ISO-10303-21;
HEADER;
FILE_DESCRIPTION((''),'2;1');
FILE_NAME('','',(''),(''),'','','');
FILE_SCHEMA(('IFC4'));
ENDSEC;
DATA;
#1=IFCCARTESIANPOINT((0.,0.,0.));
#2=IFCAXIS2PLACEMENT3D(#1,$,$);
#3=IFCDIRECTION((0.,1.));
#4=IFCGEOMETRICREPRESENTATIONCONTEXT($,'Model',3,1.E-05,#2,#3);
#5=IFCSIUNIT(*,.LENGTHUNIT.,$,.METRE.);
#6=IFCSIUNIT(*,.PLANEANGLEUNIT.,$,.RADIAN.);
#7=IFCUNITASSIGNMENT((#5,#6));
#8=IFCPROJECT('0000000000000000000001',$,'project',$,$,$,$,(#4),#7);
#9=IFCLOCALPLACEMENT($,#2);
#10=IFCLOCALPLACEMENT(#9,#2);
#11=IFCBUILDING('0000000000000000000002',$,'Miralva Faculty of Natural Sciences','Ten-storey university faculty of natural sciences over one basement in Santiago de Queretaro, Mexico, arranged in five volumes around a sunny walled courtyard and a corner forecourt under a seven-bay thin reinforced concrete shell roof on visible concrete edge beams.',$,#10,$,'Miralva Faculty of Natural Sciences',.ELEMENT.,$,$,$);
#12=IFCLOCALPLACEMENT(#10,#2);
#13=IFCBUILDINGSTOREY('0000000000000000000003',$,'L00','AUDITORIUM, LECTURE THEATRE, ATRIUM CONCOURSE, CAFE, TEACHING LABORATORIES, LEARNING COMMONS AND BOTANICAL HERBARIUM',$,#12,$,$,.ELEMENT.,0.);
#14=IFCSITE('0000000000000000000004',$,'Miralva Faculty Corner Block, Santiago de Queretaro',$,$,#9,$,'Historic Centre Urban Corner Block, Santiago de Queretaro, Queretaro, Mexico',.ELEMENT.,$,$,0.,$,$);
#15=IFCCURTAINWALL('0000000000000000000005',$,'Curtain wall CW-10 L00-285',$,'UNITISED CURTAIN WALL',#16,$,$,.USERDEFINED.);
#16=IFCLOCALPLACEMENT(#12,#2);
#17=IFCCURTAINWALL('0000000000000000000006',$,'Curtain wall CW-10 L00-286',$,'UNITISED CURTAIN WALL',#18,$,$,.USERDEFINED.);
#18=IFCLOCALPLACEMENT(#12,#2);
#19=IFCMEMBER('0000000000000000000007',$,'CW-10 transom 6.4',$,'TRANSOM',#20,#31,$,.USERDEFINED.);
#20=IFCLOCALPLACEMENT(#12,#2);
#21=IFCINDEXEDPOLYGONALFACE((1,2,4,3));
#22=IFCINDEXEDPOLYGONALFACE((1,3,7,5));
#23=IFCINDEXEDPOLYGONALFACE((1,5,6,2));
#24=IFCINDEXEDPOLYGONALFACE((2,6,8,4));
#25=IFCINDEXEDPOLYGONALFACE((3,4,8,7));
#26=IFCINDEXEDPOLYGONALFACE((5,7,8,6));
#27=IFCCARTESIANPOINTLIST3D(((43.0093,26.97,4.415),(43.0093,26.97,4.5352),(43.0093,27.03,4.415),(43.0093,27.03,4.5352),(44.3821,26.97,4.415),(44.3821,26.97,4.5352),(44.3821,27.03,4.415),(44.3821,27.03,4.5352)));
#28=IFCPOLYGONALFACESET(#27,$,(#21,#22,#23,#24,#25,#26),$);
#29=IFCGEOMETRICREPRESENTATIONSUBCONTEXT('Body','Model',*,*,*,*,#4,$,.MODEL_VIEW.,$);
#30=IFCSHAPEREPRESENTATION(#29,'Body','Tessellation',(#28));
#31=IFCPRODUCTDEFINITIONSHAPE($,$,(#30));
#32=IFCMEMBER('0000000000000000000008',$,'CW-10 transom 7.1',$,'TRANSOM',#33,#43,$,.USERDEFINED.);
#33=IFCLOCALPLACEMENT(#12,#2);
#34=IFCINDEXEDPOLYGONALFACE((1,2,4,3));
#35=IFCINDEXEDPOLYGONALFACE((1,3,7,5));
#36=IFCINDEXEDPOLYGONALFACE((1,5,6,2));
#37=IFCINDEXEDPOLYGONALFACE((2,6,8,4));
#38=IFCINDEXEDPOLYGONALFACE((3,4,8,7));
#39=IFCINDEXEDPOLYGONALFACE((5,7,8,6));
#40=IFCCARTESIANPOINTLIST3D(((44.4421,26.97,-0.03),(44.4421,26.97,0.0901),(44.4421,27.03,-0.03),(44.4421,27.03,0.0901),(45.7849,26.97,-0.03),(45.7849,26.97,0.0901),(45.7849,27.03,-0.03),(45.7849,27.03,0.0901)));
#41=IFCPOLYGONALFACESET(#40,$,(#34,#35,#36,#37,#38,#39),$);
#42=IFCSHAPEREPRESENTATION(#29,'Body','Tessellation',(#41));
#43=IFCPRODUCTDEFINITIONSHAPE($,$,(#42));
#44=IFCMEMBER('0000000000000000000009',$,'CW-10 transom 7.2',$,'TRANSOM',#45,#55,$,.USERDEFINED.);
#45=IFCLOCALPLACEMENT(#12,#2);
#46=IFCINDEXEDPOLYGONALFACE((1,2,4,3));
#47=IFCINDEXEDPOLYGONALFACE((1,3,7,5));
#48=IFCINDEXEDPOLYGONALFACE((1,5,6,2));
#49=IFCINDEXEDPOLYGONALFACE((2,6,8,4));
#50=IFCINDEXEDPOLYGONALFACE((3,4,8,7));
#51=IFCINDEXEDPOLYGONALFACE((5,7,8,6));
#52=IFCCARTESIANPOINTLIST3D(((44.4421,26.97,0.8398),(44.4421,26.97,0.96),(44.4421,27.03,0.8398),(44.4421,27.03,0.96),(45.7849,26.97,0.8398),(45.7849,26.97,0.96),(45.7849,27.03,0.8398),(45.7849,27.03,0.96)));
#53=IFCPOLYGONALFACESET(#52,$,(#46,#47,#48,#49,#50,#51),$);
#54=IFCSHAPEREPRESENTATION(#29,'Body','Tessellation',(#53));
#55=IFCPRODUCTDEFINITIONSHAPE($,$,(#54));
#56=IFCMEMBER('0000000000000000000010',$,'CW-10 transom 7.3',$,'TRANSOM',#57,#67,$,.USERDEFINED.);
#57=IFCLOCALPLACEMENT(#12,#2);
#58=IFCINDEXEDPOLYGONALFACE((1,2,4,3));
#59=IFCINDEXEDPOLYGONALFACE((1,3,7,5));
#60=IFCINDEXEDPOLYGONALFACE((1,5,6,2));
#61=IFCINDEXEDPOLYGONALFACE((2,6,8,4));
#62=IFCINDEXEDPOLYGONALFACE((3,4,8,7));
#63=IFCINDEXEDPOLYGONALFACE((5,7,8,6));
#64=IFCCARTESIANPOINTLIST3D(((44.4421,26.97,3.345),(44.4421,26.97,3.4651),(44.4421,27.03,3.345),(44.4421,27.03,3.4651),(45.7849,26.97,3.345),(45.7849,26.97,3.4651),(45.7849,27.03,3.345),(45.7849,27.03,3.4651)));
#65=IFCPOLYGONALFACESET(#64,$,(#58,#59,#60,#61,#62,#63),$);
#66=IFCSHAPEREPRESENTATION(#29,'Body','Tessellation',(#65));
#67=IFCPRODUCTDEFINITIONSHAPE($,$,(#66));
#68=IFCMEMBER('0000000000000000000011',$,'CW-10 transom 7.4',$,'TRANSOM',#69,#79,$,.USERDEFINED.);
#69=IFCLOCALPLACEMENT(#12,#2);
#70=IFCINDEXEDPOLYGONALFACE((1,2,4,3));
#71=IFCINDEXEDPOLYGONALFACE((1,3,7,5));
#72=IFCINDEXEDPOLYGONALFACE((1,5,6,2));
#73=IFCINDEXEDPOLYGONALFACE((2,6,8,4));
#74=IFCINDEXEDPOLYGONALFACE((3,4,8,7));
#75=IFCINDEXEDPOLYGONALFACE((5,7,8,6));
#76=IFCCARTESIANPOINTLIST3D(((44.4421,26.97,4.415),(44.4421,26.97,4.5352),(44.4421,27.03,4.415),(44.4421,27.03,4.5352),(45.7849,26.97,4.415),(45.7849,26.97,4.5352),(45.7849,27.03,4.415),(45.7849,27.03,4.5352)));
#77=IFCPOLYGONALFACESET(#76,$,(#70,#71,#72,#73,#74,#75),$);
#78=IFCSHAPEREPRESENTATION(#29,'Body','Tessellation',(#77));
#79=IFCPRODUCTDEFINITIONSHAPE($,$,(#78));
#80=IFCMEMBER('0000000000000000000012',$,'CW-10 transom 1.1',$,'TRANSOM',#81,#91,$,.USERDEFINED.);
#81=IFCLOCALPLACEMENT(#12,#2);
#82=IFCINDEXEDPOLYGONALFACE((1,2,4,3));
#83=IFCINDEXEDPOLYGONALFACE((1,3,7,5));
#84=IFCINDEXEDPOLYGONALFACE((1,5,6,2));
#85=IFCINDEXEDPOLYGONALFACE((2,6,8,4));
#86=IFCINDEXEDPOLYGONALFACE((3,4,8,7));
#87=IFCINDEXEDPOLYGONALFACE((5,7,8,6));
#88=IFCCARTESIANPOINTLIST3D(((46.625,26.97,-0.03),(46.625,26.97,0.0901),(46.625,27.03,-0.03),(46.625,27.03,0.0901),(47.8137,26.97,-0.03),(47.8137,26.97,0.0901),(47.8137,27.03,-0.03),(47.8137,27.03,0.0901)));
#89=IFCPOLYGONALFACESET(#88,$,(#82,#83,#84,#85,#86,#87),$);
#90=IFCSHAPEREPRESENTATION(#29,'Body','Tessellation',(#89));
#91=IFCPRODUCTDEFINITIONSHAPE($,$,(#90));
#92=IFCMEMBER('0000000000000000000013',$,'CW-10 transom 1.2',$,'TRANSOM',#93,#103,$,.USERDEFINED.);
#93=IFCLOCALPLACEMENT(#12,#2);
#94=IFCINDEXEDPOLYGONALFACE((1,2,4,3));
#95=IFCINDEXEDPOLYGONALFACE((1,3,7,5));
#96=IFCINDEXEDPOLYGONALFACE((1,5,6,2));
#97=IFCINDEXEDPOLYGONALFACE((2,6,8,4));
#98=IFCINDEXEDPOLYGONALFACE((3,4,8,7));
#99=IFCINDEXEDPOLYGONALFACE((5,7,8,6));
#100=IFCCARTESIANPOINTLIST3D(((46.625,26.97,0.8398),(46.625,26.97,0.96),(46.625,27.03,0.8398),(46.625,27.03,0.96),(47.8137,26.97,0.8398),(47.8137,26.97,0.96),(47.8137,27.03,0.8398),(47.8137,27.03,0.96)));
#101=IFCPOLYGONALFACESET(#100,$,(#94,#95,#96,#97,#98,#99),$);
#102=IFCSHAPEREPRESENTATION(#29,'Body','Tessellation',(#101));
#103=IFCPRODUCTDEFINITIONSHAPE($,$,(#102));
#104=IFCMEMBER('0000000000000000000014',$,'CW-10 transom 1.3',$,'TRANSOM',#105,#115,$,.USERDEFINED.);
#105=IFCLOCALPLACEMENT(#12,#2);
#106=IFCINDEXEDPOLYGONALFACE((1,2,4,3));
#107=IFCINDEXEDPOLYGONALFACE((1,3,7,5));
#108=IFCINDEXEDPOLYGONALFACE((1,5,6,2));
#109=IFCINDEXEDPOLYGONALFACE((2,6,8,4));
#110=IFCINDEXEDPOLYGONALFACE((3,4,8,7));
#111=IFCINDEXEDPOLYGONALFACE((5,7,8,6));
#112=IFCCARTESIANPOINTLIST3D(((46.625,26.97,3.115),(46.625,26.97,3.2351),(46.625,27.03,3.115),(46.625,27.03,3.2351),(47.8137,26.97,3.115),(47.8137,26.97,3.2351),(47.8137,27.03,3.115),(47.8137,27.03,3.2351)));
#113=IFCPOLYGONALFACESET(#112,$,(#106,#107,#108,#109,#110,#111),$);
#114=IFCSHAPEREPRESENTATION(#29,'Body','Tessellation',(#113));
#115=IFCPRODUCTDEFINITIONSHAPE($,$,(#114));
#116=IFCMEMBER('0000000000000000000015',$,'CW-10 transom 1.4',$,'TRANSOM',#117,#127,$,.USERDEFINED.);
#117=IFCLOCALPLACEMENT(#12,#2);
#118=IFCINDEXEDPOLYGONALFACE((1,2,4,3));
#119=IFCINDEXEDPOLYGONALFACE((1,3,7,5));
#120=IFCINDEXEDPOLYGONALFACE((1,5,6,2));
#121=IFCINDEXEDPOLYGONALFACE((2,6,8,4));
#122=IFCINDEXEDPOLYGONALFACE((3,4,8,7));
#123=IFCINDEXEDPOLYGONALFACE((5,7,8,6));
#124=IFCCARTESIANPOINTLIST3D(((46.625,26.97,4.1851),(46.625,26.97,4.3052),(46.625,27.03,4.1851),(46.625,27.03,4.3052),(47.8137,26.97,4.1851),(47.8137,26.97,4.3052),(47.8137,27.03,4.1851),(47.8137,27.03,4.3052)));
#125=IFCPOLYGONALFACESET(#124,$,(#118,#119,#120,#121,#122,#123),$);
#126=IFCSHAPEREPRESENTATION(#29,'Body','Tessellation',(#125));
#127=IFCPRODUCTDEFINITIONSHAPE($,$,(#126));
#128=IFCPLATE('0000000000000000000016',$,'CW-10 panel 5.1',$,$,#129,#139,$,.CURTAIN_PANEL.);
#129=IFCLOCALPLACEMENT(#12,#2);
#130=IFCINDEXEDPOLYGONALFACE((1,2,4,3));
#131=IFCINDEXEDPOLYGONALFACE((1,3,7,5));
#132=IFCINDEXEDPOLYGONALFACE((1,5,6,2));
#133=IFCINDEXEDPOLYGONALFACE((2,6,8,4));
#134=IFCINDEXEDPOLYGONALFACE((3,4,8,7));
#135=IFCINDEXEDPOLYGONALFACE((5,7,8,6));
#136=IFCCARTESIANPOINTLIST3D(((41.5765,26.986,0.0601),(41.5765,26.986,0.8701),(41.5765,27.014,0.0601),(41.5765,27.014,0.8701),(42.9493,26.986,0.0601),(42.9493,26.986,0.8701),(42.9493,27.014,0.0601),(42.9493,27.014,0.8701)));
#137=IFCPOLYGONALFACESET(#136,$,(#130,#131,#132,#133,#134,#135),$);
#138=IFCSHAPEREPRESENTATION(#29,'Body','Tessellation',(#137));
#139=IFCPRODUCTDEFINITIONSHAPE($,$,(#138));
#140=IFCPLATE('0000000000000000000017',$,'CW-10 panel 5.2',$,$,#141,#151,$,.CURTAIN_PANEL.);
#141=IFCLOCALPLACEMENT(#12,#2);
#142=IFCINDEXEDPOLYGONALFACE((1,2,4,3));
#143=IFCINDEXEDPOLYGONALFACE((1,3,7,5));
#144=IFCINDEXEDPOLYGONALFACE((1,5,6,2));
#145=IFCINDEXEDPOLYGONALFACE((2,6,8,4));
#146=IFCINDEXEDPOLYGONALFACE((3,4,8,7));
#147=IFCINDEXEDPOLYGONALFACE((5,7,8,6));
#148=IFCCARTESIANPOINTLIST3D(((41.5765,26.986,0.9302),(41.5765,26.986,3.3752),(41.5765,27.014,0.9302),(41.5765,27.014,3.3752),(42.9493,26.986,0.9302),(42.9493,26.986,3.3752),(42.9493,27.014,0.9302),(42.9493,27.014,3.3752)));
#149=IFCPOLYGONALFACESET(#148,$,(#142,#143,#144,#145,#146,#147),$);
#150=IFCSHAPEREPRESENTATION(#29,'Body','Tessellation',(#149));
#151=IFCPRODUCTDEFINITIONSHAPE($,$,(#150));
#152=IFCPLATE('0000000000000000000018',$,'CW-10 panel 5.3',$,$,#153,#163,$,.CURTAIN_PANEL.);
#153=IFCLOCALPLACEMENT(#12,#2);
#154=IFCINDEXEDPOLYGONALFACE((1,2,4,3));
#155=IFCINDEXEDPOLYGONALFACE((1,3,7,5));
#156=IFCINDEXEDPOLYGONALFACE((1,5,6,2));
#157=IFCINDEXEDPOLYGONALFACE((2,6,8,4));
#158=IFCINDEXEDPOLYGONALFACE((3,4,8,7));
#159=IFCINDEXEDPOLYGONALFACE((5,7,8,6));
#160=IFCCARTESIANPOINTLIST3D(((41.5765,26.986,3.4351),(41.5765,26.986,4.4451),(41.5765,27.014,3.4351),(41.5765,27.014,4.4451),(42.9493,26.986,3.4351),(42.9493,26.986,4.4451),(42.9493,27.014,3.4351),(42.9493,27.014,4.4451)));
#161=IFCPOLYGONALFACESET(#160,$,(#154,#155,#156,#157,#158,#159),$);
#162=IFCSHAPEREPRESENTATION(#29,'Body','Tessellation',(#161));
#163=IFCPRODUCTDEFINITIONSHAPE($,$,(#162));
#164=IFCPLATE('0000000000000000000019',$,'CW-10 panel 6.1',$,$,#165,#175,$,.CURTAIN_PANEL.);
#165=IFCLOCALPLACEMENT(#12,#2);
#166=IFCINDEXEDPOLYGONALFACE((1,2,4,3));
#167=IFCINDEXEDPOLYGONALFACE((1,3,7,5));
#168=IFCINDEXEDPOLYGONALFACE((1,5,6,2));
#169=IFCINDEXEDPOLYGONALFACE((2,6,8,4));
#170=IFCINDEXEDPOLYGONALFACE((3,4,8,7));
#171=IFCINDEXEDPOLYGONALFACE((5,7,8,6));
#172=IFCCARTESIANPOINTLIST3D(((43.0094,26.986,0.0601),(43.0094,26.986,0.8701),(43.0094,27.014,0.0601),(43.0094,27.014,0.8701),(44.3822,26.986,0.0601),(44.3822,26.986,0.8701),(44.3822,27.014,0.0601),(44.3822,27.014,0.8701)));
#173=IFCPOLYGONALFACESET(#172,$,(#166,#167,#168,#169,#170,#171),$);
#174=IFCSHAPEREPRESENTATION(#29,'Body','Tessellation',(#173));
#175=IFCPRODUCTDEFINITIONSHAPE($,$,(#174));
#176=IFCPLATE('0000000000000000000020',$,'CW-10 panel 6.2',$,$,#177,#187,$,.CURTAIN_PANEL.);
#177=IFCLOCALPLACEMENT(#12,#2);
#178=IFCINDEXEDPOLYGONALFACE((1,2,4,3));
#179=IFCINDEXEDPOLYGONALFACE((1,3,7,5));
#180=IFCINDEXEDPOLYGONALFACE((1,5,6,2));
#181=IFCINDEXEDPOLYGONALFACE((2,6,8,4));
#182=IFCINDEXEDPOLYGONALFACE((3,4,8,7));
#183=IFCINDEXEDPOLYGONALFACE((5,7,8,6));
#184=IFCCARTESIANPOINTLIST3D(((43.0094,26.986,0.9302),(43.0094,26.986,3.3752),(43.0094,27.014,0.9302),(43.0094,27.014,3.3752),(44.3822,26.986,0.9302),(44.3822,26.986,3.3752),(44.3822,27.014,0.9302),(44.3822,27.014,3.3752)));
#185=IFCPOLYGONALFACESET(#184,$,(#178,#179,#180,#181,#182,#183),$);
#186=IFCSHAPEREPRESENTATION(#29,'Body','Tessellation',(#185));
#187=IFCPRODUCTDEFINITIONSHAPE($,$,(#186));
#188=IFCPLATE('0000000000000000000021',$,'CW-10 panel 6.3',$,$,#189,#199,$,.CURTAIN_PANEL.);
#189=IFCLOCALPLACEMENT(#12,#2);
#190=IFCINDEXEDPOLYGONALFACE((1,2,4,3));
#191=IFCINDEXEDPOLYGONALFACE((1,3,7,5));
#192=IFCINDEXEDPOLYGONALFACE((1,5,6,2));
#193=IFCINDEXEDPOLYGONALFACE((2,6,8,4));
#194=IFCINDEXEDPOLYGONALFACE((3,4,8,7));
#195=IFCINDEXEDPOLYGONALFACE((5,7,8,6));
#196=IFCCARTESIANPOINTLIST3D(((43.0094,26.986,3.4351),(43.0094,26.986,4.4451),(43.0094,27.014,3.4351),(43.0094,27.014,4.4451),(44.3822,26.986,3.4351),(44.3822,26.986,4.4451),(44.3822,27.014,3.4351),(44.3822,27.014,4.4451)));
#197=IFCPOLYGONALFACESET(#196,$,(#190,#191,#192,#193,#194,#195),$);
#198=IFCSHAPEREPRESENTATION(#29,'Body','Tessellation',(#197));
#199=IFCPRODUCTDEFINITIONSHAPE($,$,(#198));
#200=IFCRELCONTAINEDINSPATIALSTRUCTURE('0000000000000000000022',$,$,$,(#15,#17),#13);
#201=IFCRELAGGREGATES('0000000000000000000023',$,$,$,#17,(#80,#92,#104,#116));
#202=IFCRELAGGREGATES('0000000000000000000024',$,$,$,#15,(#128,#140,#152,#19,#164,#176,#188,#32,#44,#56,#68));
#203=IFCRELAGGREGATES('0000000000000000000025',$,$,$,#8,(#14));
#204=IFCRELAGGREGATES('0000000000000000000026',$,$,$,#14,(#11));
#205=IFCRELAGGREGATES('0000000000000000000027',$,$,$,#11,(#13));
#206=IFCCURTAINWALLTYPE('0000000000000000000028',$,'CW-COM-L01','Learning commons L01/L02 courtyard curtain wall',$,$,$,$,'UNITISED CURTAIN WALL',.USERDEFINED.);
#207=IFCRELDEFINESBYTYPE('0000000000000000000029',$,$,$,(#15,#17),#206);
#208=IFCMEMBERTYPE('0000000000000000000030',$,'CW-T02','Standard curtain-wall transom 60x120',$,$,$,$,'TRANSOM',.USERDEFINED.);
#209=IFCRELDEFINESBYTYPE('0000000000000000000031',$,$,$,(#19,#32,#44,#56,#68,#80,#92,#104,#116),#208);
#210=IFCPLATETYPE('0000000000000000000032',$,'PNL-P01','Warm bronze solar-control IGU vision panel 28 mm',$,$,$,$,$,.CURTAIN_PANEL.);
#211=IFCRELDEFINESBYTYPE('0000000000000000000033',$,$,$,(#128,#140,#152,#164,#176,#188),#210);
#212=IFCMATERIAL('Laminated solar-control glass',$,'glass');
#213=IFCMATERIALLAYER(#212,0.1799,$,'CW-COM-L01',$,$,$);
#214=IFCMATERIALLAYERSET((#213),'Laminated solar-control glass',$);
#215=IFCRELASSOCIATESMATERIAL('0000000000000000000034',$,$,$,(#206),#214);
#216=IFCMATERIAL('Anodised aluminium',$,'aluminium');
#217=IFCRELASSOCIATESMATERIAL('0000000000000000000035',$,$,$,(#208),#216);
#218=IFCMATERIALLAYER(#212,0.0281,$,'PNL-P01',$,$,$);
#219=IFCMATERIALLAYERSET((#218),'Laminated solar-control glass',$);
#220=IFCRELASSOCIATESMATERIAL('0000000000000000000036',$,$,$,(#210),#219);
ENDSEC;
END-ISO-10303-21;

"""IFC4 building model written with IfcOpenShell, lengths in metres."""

from ifc_helpers import new_model, si_unit, direction, frame, origin, origin_2d, place, context, subcontext, project, spatial, rectangle, extrude, material, layer, layer_set, material_profile, profile_set, type_object, element, aggregate, save


model = new_model("IFC4")

# Units and contexts
model_context = context("Model", 3, precision=1e-05, world=origin(), true_north=direction((0.0, 1.0)))
body_context = subcontext(model_context, "Body", "Model", "MODEL_VIEW")
ifc_project = project(units=[si_unit("LENGTHUNIT", "METRE"), si_unit("PLANEANGLEUNIT", "RADIAN")], contexts=[model_context])

# Site, building, storey
site_placement = place(None, origin())
site = spatial("IfcSite", under=ifc_project, at=site_placement, Name="Miralva Faculty Corner Block, Santiago de Queretaro", LongName="Historic Centre Urban Corner Block, Santiago de Queretaro, Queretaro, Mexico", CompositionType="ELEMENT", RefElevation=0.0)
building_placement = place(site_placement, origin())
building = spatial("IfcBuilding", under=site, at=building_placement, Name="Miralva Faculty of Natural Sciences", Description="Ten-storey university faculty of natural sciences over one basement in Santiago de Queretaro, Mexico, arranged in five volumes around a sunny walled courtyard and a corner forecourt under a seven-bay thin reinforced concrete shell roof on visible concrete edge beams.", LongName="Miralva Faculty of Natural Sciences", CompositionType="ELEMENT")
storey_placement = place(building_placement, origin())
storey = spatial("IfcBuildingStorey", under=building, at=storey_placement, Name="L00", Description="AUDITORIUM, LECTURE THEATRE, ATRIUM CONCOURSE, CAFE, TEACHING LABORATORIES, LEARNING COMMONS AND BOTANICAL HERBARIUM", CompositionType="ELEMENT", Elevation=0.0)

# Curtain wall
ifc_material_1 = material(Name="Laminated solar-control glass", Category="glass")
ifc_layer_1 = layer(ifc_material_1, 0.1799, Name="CW-COM-L01")
ifc_layer_set_1 = layer_set([ifc_layer_1], Name="Laminated solar-control glass")
curtain_wall_type = type_object("IfcCurtainWallType", Name="CW-COM-L01", Description="Learning commons L01/L02 courtyard curtain wall", ElementType="UNITISED CURTAIN WALL", PredefinedType="USERDEFINED", material=ifc_layer_set_1)
curtain_wall_1_placement = place(storey_placement, origin())
curtain_wall_1 = element("IfcCurtainWall", 1, at=curtain_wall_1_placement, inside=storey, type_object=curtain_wall_type, Name="Curtain wall CW-10 L00-285", ObjectType="UNITISED CURTAIN WALL", PredefinedType="USERDEFINED")
ifc_material_2 = material(Name="Anodised aluminium", Category="aluminium")

# Curtain wall
curtain_wall_2_placement = place(storey_placement, origin())
curtain_wall_2 = element("IfcCurtainWall", 2, at=curtain_wall_2_placement, inside=storey, type_object=curtain_wall_type, Name="Curtain wall CW-10 L00-286", ObjectType="UNITISED CURTAIN WALL", PredefinedType="USERDEFINED")

# Members
ifc_material_profile_1 = material_profile(ifc_material_2, rectangle(XDim=0.0601, YDim=0.1201, at=origin_2d()), Name="TRANSOM 60x120")
ifc_profile_set_1 = profile_set([ifc_material_profile_1], Name="Anodised aluminium")
member_type_1 = type_object("IfcMemberType", Name="CW-T02", Description="Standard curtain-wall transom 60x120", ElementType="TRANSOM", PredefinedType="USERDEFINED", material=ifc_profile_set_1)
member_1_placement = place(storey_placement, frame((43.0093, 27.0, 4.4751), z_axis=(1.0, 0.0, 0.0), x_axis=(0.0, 1.0, 0.0)))
member_1 = element("IfcMember", 3, at=member_1_placement, type_object=member_type_1, Name="CW-10 transom 6.4", ObjectType="TRANSOM", PredefinedType="USERDEFINED", context=body_context, shape_type="SweptSolid", body=[
    extrude(rectangle(XDim=0.0601, YDim=0.1201, at=origin_2d()), origin(), (0.0, 0.0, 1.0), 1.3728),
])
member_2_placement = place(storey_placement, frame((44.4421, 27.0, 0.03), z_axis=(1.0, 0.0, 0.0), x_axis=(0.0, 1.0, 0.0)))
member_2 = element("IfcMember", 4, at=member_2_placement, type_object=member_type_1, Name="CW-10 transom 7.1", ObjectType="TRANSOM", PredefinedType="USERDEFINED", context=body_context, shape_type="SweptSolid", body=[
    extrude(rectangle(XDim=0.0601, YDim=0.1201, at=origin_2d()), origin(), (0.0, 0.0, 1.0), 1.3428),
])
member_3_placement = place(storey_placement, frame((44.4421, 27.0, 0.8999), z_axis=(1.0, 0.0, 0.0), x_axis=(0.0, 1.0, 0.0)))
member_3 = element("IfcMember", 5, at=member_3_placement, type_object=member_type_1, Name="CW-10 transom 7.2", ObjectType="TRANSOM", PredefinedType="USERDEFINED", context=body_context, shape_type="SweptSolid", body=[
    extrude(rectangle(XDim=0.0601, YDim=0.1201, at=origin_2d()), origin(), (0.0, 0.0, 1.0), 1.3428),
])
member_4_placement = place(storey_placement, frame((44.4421, 27.0, 3.405), z_axis=(1.0, 0.0, 0.0), x_axis=(0.0, 1.0, 0.0)))
member_4 = element("IfcMember", 6, at=member_4_placement, type_object=member_type_1, Name="CW-10 transom 7.3", ObjectType="TRANSOM", PredefinedType="USERDEFINED", context=body_context, shape_type="SweptSolid", body=[
    extrude(rectangle(XDim=0.0601, YDim=0.1201, at=origin_2d()), origin(), (0.0, 0.0, 1.0), 1.3428),
])
member_5_placement = place(storey_placement, frame((44.4421, 27.0, 4.4751), z_axis=(1.0, 0.0, 0.0), x_axis=(0.0, 1.0, 0.0)))
member_5 = element("IfcMember", 7, at=member_5_placement, type_object=member_type_1, Name="CW-10 transom 7.4", ObjectType="TRANSOM", PredefinedType="USERDEFINED", context=body_context, shape_type="SweptSolid", body=[
    extrude(rectangle(XDim=0.0601, YDim=0.1201, at=origin_2d()), origin(), (0.0, 0.0, 1.0), 1.3428),
])
member_6_placement = place(storey_placement, frame((46.625, 27.0, 0.03), z_axis=(1.0, 0.0, 0.0), x_axis=(0.0, 1.0, 0.0)))
member_6 = element("IfcMember", 8, at=member_6_placement, type_object=member_type_1, Name="CW-10 transom 1.1", ObjectType="TRANSOM", PredefinedType="USERDEFINED", context=body_context, shape_type="SweptSolid", body=[
    extrude(rectangle(XDim=0.0601, YDim=0.1201, at=origin_2d()), origin(), (0.0, 0.0, 1.0), 1.1887),
])
member_7_placement = place(storey_placement, frame((46.625, 27.0, 0.8999), z_axis=(1.0, 0.0, 0.0), x_axis=(0.0, 1.0, 0.0)))
member_7 = element("IfcMember", 9, at=member_7_placement, type_object=member_type_1, Name="CW-10 transom 1.2", ObjectType="TRANSOM", PredefinedType="USERDEFINED", context=body_context, shape_type="SweptSolid", body=[
    extrude(rectangle(XDim=0.0601, YDim=0.1201, at=origin_2d()), origin(), (0.0, 0.0, 1.0), 1.1887),
])
member_8_placement = place(storey_placement, frame((46.625, 27.0, 3.175), z_axis=(1.0, 0.0, 0.0), x_axis=(0.0, 1.0, 0.0)))
member_8 = element("IfcMember", 10, at=member_8_placement, type_object=member_type_1, Name="CW-10 transom 1.3", ObjectType="TRANSOM", PredefinedType="USERDEFINED", context=body_context, shape_type="SweptSolid", body=[
    extrude(rectangle(XDim=0.0601, YDim=0.1201, at=origin_2d()), origin(), (0.0, 0.0, 1.0), 1.1887),
])
member_9_placement = place(storey_placement, frame((46.625, 27.0, 4.2451), z_axis=(1.0, 0.0, 0.0), x_axis=(0.0, 1.0, 0.0)))
member_9 = element("IfcMember", 11, at=member_9_placement, type_object=member_type_1, Name="CW-10 transom 1.4", ObjectType="TRANSOM", PredefinedType="USERDEFINED", context=body_context, shape_type="SweptSolid", body=[
    extrude(rectangle(XDim=0.0601, YDim=0.1201, at=origin_2d()), origin(), (0.0, 0.0, 1.0), 1.1887),
])
aggregate(curtain_wall_2, [member_6, member_7, member_8, member_9])

# Plates
ifc_layer_2 = layer(ifc_material_1, 0.0281, Name="PNL-P01")
ifc_layer_set_2 = layer_set([ifc_layer_2], Name="Laminated solar-control glass")
plate_type = type_object("IfcPlateType", Name="PNL-P01", Description="Warm bronze solar-control IGU vision panel 28 mm", PredefinedType="CURTAIN_PANEL", material=ifc_layer_set_2)
plate_1_placement = place(storey_placement, frame((42.2629, 27.0, 0.0601), z_axis=(0.0, 0.0, 1.0), x_axis=(1.0, 0.0, 0.0)))
plate_1 = element("IfcPlate", 12, at=plate_1_placement, type_object=plate_type, Name="CW-10 panel 5.1", PredefinedType="CURTAIN_PANEL", context=body_context, shape_type="SweptSolid", body=[
    extrude(rectangle(XDim=1.3728, YDim=0.0281, at=origin_2d()), origin(), (0.0, 0.0, 1.0), 0.8101),
])
plate_2_placement = place(storey_placement, frame((42.2629, 27.0, 0.9302), z_axis=(0.0, 0.0, 1.0), x_axis=(1.0, 0.0, 0.0)))
plate_2 = element("IfcPlate", 13, at=plate_2_placement, type_object=plate_type, Name="CW-10 panel 5.2", PredefinedType="CURTAIN_PANEL", context=body_context, shape_type="SweptSolid", body=[
    extrude(rectangle(XDim=1.3728, YDim=0.0281, at=origin_2d()), origin(), (0.0, 0.0, 1.0), 2.4451),
])
plate_3_placement = place(storey_placement, frame((42.2629, 27.0, 3.4351), z_axis=(0.0, 0.0, 1.0), x_axis=(1.0, 0.0, 0.0)))
plate_3 = element("IfcPlate", 14, at=plate_3_placement, type_object=plate_type, Name="CW-10 panel 5.3", PredefinedType="CURTAIN_PANEL", context=body_context, shape_type="SweptSolid", body=[
    extrude(rectangle(XDim=1.3728, YDim=0.0281, at=origin_2d()), origin(), (0.0, 0.0, 1.0), 1.01),
])
plate_4_placement = place(storey_placement, frame((43.6958, 27.0, 0.0601), z_axis=(0.0, 0.0, 1.0), x_axis=(1.0, 0.0, 0.0)))
plate_4 = element("IfcPlate", 15, at=plate_4_placement, type_object=plate_type, Name="CW-10 panel 6.1", PredefinedType="CURTAIN_PANEL", context=body_context, shape_type="SweptSolid", body=[
    extrude(rectangle(XDim=1.3728, YDim=0.0281, at=origin_2d()), origin(), (0.0, 0.0, 1.0), 0.8101),
])
plate_5_placement = place(storey_placement, frame((43.6958, 27.0, 0.9302), z_axis=(0.0, 0.0, 1.0), x_axis=(1.0, 0.0, 0.0)))
plate_5 = element("IfcPlate", 16, at=plate_5_placement, type_object=plate_type, Name="CW-10 panel 6.2", PredefinedType="CURTAIN_PANEL", context=body_context, shape_type="SweptSolid", body=[
    extrude(rectangle(XDim=1.3728, YDim=0.0281, at=origin_2d()), origin(), (0.0, 0.0, 1.0), 2.4451),
])
plate_6_placement = place(storey_placement, frame((43.6958, 27.0, 3.4351), z_axis=(0.0, 0.0, 1.0), x_axis=(1.0, 0.0, 0.0)))
plate_6 = element("IfcPlate", 17, at=plate_6_placement, type_object=plate_type, Name="CW-10 panel 6.3", PredefinedType="CURTAIN_PANEL", context=body_context, shape_type="SweptSolid", body=[
    extrude(rectangle(XDim=1.3728, YDim=0.0281, at=origin_2d()), origin(), (0.0, 0.0, 1.0), 1.01),
])
aggregate(curtain_wall_1, [plate_1, plate_2, plate_3, member_1, plate_4, plate_5, plate_6, member_2, member_3, member_4, member_5])

save(model, "model.ifc")
